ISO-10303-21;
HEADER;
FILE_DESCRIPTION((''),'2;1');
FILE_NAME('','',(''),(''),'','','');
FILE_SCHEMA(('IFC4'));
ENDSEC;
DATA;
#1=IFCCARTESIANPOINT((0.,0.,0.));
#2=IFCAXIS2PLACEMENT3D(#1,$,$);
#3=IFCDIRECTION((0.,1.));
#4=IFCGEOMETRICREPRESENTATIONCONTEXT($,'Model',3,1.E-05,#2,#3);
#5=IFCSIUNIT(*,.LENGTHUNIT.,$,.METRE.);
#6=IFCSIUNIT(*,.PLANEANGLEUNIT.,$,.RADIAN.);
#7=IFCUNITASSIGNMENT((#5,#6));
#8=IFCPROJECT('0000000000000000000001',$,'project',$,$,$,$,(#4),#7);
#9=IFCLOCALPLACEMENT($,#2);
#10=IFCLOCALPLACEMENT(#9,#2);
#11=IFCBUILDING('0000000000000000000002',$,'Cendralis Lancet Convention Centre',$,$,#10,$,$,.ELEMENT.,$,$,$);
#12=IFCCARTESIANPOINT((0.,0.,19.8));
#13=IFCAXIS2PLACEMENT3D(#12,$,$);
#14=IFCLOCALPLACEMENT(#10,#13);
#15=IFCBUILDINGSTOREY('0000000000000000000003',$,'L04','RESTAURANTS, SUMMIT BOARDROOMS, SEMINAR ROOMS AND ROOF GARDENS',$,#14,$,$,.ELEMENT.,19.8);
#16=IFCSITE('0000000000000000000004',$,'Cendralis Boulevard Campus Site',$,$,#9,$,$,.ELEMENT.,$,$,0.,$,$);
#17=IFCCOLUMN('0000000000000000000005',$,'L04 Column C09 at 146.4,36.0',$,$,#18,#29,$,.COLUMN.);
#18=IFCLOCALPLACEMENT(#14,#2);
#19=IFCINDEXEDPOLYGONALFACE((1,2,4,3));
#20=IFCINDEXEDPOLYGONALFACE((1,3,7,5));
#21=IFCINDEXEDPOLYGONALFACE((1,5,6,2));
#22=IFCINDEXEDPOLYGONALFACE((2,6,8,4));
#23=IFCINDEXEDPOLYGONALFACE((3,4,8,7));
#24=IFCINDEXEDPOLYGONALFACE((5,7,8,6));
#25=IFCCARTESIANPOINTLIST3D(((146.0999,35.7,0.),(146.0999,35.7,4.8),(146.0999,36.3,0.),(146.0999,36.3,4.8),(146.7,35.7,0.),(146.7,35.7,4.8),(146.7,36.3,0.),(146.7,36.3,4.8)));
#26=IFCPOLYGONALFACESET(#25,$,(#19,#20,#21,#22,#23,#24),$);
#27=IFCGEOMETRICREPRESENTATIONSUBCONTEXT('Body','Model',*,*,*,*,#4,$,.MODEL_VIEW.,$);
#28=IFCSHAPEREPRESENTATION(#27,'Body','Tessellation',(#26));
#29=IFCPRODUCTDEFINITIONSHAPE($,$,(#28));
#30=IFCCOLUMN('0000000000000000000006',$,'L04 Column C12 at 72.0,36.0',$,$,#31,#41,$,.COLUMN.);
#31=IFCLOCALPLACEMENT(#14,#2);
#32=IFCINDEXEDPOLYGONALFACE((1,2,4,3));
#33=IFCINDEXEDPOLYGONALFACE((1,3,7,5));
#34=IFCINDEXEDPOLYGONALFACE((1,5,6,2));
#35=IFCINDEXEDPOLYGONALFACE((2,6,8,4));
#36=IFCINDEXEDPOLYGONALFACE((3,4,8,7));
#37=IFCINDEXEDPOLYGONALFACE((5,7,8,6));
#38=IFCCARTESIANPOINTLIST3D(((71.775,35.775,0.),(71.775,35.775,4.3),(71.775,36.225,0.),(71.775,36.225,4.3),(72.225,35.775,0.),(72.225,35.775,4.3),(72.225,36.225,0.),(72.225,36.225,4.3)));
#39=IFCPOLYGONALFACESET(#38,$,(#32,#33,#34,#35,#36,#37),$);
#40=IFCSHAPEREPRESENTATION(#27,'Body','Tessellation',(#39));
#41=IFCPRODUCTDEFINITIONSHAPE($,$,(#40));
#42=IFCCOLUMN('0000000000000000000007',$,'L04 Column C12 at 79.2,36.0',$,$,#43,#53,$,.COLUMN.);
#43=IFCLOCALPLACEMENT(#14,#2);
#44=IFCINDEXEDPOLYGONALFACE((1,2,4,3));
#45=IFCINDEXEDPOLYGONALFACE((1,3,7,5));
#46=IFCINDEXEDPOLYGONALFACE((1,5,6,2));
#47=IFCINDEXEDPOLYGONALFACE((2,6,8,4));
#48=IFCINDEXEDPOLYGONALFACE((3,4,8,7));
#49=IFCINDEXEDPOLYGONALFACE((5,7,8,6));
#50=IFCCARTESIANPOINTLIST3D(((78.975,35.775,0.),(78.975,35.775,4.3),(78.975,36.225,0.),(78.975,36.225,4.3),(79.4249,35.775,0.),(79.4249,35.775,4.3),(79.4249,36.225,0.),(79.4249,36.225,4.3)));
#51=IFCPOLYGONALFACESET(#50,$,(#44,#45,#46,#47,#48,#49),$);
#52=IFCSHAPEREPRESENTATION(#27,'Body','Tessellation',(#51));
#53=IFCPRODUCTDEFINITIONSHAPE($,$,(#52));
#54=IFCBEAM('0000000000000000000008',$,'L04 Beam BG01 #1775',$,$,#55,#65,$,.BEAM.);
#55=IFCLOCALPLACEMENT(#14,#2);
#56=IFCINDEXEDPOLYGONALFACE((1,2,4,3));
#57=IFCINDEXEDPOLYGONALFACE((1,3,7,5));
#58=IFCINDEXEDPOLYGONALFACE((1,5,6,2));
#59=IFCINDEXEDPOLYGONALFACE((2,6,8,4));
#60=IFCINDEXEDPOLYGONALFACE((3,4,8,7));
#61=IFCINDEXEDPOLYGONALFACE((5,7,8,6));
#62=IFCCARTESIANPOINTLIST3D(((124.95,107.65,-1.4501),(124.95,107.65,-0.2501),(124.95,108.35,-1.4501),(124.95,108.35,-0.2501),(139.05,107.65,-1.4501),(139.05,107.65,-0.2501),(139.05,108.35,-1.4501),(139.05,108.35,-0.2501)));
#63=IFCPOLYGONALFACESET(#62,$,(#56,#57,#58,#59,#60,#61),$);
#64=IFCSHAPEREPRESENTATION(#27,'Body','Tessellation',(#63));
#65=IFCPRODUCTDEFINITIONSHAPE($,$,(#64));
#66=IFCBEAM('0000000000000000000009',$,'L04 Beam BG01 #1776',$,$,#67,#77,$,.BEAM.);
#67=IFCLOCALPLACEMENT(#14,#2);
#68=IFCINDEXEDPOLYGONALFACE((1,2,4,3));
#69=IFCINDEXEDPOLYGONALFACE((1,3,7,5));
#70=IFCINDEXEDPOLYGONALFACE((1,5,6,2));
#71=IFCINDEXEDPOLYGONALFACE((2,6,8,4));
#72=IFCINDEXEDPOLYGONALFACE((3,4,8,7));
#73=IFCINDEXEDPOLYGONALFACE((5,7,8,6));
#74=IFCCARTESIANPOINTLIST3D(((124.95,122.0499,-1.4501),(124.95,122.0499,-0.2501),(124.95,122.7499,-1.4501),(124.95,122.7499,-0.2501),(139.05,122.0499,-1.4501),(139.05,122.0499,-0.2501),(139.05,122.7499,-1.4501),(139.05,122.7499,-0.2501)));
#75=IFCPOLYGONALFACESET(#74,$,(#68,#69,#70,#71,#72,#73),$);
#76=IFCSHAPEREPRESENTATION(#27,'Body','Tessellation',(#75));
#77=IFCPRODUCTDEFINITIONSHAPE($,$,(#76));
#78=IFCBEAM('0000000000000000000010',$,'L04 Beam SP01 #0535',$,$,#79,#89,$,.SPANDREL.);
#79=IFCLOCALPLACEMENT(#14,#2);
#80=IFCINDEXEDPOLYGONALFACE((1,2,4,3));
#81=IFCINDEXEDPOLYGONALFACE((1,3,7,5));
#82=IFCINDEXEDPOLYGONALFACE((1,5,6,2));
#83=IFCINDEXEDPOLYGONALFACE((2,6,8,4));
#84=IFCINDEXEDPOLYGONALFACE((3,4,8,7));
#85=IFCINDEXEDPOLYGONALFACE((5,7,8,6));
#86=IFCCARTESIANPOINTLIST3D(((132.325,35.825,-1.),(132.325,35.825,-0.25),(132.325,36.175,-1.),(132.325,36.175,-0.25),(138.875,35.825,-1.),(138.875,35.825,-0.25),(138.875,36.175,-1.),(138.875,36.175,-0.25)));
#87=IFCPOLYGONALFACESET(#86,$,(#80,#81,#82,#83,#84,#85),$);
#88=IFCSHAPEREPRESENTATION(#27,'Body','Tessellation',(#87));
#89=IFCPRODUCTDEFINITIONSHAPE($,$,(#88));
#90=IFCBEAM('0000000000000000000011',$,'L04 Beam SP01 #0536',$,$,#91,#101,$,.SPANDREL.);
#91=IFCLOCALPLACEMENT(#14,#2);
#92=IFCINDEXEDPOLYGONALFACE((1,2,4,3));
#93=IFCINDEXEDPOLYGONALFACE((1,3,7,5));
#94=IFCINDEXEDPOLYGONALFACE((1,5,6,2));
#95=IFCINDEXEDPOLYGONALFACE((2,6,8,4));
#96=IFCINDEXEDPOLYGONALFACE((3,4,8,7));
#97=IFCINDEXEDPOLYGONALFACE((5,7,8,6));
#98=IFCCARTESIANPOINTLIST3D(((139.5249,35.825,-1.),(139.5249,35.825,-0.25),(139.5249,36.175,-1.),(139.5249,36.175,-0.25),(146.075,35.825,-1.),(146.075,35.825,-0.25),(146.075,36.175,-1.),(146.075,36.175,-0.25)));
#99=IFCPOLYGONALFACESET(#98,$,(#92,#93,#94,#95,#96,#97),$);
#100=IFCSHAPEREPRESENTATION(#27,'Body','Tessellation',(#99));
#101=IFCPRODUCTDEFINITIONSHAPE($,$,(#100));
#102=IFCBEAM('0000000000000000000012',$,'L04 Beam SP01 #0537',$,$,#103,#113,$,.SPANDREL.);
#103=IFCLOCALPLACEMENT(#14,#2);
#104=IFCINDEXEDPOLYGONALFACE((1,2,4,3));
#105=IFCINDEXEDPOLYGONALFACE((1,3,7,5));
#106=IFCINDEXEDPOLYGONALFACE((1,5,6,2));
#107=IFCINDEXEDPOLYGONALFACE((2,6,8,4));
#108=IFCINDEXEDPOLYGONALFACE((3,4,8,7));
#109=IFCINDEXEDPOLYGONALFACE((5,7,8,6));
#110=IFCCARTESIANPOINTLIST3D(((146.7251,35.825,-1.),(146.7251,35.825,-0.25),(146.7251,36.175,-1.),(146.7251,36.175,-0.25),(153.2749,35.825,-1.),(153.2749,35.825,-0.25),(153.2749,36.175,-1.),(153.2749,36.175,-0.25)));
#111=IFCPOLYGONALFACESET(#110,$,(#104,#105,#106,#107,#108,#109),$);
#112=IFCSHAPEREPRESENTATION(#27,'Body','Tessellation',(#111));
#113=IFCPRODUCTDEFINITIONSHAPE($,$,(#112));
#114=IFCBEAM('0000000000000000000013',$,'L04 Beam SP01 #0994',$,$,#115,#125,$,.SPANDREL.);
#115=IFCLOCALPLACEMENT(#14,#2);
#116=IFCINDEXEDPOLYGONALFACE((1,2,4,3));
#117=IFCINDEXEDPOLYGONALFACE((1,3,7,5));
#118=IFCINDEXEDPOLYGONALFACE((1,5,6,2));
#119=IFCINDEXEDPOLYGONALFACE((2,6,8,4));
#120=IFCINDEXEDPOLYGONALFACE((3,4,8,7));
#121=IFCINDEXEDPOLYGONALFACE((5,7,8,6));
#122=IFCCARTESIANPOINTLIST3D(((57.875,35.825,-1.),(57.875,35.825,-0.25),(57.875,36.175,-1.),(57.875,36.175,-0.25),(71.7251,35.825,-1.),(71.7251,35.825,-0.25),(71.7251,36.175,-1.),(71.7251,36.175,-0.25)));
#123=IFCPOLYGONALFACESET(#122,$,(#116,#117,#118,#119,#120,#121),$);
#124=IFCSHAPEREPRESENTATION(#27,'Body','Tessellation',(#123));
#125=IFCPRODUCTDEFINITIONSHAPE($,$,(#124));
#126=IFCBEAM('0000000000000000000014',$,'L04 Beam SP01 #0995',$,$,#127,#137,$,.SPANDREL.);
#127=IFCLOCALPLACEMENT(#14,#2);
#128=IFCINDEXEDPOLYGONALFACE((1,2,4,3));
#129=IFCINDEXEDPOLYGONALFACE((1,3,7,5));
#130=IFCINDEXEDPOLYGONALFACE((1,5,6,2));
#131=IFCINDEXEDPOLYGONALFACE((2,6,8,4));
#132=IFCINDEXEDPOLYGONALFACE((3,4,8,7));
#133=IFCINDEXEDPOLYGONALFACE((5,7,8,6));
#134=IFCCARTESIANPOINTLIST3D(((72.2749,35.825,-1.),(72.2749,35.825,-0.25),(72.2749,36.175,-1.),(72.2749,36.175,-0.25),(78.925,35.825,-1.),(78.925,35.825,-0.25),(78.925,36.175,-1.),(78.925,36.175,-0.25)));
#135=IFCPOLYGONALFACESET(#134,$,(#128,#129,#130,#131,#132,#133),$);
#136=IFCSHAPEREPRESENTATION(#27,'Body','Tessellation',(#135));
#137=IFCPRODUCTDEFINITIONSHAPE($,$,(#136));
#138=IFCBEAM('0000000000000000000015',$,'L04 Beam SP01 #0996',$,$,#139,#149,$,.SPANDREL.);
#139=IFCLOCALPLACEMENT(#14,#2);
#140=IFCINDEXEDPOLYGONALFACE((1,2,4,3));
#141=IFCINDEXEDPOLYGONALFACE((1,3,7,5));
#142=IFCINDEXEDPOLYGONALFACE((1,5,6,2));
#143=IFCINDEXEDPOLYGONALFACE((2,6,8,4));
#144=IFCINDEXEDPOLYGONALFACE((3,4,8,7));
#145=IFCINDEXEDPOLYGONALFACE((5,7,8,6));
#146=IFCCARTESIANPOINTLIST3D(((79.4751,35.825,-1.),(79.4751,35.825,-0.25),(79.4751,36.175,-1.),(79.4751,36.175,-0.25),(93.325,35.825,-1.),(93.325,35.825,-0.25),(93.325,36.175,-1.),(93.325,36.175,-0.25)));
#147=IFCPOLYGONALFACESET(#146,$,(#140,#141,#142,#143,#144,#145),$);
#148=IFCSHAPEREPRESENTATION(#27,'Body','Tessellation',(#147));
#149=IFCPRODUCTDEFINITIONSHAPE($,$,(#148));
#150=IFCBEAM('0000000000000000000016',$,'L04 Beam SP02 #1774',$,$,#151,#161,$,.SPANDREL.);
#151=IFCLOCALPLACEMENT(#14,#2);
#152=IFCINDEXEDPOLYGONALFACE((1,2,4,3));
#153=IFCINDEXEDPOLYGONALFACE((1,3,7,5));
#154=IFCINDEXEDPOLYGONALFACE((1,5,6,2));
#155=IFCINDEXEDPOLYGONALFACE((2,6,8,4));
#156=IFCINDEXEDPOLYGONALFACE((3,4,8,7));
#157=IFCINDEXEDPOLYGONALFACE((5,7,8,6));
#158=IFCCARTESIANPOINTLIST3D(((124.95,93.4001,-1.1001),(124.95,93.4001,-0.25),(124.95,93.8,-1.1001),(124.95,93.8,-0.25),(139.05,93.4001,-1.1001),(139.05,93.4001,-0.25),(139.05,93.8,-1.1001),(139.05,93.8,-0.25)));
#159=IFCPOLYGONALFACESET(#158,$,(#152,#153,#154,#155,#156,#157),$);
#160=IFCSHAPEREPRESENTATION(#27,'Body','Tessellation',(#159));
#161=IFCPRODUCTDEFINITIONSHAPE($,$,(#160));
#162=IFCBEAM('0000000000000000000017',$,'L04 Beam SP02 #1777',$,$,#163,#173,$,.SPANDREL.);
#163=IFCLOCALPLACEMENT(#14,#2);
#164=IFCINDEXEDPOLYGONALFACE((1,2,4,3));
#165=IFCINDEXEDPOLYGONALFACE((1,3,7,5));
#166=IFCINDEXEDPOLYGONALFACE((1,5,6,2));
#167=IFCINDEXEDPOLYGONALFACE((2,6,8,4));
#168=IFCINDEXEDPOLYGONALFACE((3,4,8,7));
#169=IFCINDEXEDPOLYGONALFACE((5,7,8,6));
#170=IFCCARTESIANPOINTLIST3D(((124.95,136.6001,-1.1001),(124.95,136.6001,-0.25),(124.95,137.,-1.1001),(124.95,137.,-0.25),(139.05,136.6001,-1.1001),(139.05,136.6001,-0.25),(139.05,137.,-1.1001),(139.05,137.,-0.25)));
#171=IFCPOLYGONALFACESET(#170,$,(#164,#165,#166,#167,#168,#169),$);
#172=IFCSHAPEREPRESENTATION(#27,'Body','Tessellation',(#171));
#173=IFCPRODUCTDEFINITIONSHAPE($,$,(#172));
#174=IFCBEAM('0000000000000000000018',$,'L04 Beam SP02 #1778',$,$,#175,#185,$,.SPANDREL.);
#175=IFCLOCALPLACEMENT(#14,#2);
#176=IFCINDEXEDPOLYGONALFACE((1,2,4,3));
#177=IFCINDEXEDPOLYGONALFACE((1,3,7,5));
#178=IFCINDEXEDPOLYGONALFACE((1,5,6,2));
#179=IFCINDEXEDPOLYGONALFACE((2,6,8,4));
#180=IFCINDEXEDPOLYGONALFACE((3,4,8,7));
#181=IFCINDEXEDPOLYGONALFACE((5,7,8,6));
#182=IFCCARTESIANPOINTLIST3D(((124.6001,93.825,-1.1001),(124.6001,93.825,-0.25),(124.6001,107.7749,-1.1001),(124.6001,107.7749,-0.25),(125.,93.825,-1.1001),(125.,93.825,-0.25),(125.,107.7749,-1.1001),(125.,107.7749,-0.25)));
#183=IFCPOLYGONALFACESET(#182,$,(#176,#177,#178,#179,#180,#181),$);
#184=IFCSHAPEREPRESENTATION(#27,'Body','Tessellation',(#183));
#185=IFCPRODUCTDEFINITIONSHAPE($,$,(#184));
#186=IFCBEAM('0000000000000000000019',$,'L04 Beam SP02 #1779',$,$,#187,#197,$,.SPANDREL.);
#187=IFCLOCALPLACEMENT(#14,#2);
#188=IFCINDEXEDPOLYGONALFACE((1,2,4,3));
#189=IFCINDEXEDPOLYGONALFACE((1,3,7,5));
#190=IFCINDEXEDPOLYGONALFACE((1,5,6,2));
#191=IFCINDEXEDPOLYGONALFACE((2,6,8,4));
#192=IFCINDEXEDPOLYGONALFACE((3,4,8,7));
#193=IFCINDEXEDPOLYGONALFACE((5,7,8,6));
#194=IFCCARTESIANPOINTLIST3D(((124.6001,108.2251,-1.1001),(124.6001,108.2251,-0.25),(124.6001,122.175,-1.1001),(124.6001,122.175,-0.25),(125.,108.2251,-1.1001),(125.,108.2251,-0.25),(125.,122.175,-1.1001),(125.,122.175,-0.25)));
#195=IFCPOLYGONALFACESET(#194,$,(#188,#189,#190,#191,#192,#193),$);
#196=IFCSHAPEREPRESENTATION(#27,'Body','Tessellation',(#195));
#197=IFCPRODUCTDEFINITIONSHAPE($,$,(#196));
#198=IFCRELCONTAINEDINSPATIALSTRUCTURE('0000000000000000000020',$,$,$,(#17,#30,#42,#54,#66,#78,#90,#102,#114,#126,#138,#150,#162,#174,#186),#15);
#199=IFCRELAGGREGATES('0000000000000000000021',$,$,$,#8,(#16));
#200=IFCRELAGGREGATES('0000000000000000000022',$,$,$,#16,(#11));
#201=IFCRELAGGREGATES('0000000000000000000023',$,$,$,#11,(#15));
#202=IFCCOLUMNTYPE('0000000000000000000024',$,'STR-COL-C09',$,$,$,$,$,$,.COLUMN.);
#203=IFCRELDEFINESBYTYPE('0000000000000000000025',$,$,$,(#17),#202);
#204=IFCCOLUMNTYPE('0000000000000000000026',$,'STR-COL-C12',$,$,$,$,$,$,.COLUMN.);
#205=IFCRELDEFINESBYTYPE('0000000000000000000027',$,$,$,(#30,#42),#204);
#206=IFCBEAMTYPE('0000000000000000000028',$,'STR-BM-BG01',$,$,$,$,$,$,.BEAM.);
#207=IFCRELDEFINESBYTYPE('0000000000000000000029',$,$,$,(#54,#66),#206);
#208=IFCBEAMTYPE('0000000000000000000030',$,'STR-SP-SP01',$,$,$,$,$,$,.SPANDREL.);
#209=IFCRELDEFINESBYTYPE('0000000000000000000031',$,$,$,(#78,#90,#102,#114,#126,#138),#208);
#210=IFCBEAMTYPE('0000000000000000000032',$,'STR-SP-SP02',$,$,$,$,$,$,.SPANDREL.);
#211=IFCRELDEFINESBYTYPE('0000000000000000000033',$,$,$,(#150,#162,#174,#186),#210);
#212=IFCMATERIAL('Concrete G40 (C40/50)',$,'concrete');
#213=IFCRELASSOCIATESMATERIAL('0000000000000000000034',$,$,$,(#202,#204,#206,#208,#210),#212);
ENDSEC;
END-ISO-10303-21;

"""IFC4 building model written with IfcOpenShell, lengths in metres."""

from ifc_helpers import new_model, si_unit, direction, frame, origin, origin_2d, place, context, subcontext, project, spatial, rectangle, extrude, material, material_profile, profile_set, type_object, element, save


model = new_model("IFC4")

# Units and contexts
model_context = context("Model", 3, precision=1e-05, world=origin(), true_north=direction((0.0, 1.0)))
body_context = subcontext(model_context, "Body", "Model", "MODEL_VIEW")
ifc_project = project(units=[si_unit("LENGTHUNIT", "METRE"), si_unit("PLANEANGLEUNIT", "RADIAN")], contexts=[model_context])

# Site, building, storey
site_placement = place(None, origin())
site = spatial("IfcSite", under=ifc_project, at=site_placement, Name="Cendralis Boulevard Campus Site", CompositionType="ELEMENT", RefElevation=0.0)
building_placement = place(site_placement, origin())
building = spatial("IfcBuilding", under=site, at=building_placement, Name="Cendralis Lancet Convention Centre", CompositionType="ELEMENT")
storey_placement = place(building_placement, frame((0.0, 0.0, 19.8)))
storey = spatial("IfcBuildingStorey", under=building, at=storey_placement, Name="L04", Description="RESTAURANTS, SUMMIT BOARDROOMS, SEMINAR ROOMS AND ROOF GARDENS", CompositionType="ELEMENT", Elevation=19.8)

# Columns
ifc_material_1 = material(Name="Concrete G40 (C40/50)", Category="concrete")
ifc_material_profile_1 = material_profile(ifc_material_1, rectangle(XDim=0.6001, YDim=0.6001, at=origin_2d()), Name="RC 600x600")
ifc_profile_set_1 = profile_set([ifc_material_profile_1], Name="Concrete G40 (C40/50)")
column_type_1 = type_object("IfcColumnType", Name="STR-COL-C09", PredefinedType="COLUMN", material=ifc_profile_set_1)
column_placement = place(storey_placement, frame((146.3999, 36.0, 0.0), z_axis=(0.0, 0.0, 1.0), x_axis=(1.0, 0.0, 0.0)))
element("IfcColumn", 1, at=column_placement, inside=storey, type_object=column_type_1, Name="L04 Column C09 at 146.4,36.0", PredefinedType="COLUMN", context=body_context, shape_type="SweptSolid", body=[
    extrude(rectangle(XDim=0.6001, YDim=0.6001, at=origin_2d()), origin(), (0.0, 0.0, 1.0), 4.8),
])
ifc_material_profile_2 = material_profile(ifc_material_1, rectangle(XDim=0.45, YDim=0.45, at=origin_2d()), Name="RC 450x450")
ifc_profile_set_2 = profile_set([ifc_material_profile_2], Name="Concrete G40 (C40/50)")
column_type_2 = type_object("IfcColumnType", Name="STR-COL-C12", PredefinedType="COLUMN", material=ifc_profile_set_2)
for number, where, z_axis, x_axis, name in (
    (2, (72.0, 36.0, 0.0), (0.0, 0.0, 1.0), (1.0, 0.0, 0.0), "L04 Column C12 at 72.0,36.0"),
    (3, (79.2, 36.0, 0.0), (0.0, 0.0, 1.0), (1.0, 0.0, 0.0), "L04 Column C12 at 79.2,36.0"),
):
    element("IfcColumn", number, at=place(storey_placement, frame(where, z_axis=z_axis, x_axis=x_axis)), inside=storey, type_object=column_type_2, Name=name, PredefinedType="COLUMN", context=body_context, shape_type="SweptSolid", body=[
        extrude(rectangle(XDim=0.45, YDim=0.45, at=origin_2d()), origin(), (0.0, 0.0, 1.0), 4.3),
    ])

# Beams
ifc_material_profile_3 = material_profile(ifc_material_1, rectangle(XDim=0.7, YDim=1.2, at=origin_2d()), Name="RCB 700x1200")
ifc_profile_set_3 = profile_set([ifc_material_profile_3], Name="Concrete G40 (C40/50)")
beam_type_1 = type_object("IfcBeamType", Name="STR-BM-BG01", PredefinedType="BEAM", material=ifc_profile_set_3)
for number, where, z_axis, x_axis, name in (
    (4, (124.95, 108.0, -0.8501), (1.0, 0.0, 0.0), (0.0, 1.0, 0.0), "L04 Beam BG01 #1775"),
    (5, (124.95, 122.3999, -0.8501), (1.0, 0.0, 0.0), (0.0, 1.0, 0.0), "L04 Beam BG01 #1776"),
):
    element("IfcBeam", number, at=place(storey_placement, frame(where, z_axis=z_axis, x_axis=x_axis)), inside=storey, type_object=beam_type_1, Name=name, PredefinedType="BEAM", context=body_context, shape_type="SweptSolid", body=[
        extrude(rectangle(XDim=0.7, YDim=1.2, at=origin_2d()), origin(), (0.0, 0.0, 1.0), 14.1001),
    ])
ifc_material_profile_4 = material_profile(ifc_material_1, rectangle(XDim=0.3501, YDim=0.75, at=origin_2d()), Name="RCB 350x750")
ifc_profile_set_4 = profile_set([ifc_material_profile_4], Name="Concrete G40 (C40/50)")
beam_type_2 = type_object("IfcBeamType", Name="STR-SP-SP01", PredefinedType="SPANDREL", material=ifc_profile_set_4)
for number, where, z_axis, x_axis, name in (
    (6, (132.325, 36.0, -0.625), (1.0, 0.0, 0.0), (0.0, 1.0, 0.0), "L04 Beam SP01 #0535"),
    (7, (139.5249, 36.0, -0.625), (1.0, 0.0, 0.0), (0.0, 1.0, 0.0), "L04 Beam SP01 #0536"),
):
    element("IfcBeam", number, at=place(storey_placement, frame(where, z_axis=z_axis, x_axis=x_axis)), inside=storey, type_object=beam_type_2, Name=name, PredefinedType="SPANDREL", context=body_context, shape_type="SweptSolid", body=[
        extrude(rectangle(XDim=0.3501, YDim=0.75, at=origin_2d()), origin(), (0.0, 0.0, 1.0), 6.55),
    ])
beam_1_placement = place(storey_placement, frame((146.7251, 36.0, -0.625), z_axis=(1.0, 0.0, 0.0), x_axis=(0.0, 1.0, 0.0)))
element("IfcBeam", 8, at=beam_1_placement, inside=storey, type_object=beam_type_2, Name="L04 Beam SP01 #0537", PredefinedType="SPANDREL", context=body_context, shape_type="SweptSolid", body=[
    extrude(rectangle(XDim=0.3501, YDim=0.75, at=origin_2d()), origin(), (0.0, 0.0, 1.0), 6.5498),
])
beam_2_placement = place(storey_placement, frame((57.875, 36.0, -0.625), z_axis=(1.0, 0.0, 0.0), x_axis=(0.0, 1.0, 0.0)))
element("IfcBeam", 9, at=beam_2_placement, inside=storey, type_object=beam_type_2, Name="L04 Beam SP01 #0994", PredefinedType="SPANDREL", context=body_context, shape_type="SweptSolid", body=[
    extrude(rectangle(XDim=0.3501, YDim=0.75, at=origin_2d()), origin(), (0.0, 0.0, 1.0), 13.8501),
])
beam_3_placement = place(storey_placement, frame((72.2749, 36.0, -0.625), z_axis=(1.0, 0.0, 0.0), x_axis=(0.0, 1.0, 0.0)))
element("IfcBeam", 10, at=beam_3_placement, inside=storey, type_object=beam_type_2, Name="L04 Beam SP01 #0995", PredefinedType="SPANDREL", context=body_context, shape_type="SweptSolid", body=[
    extrude(rectangle(XDim=0.3501, YDim=0.75, at=origin_2d()), origin(), (0.0, 0.0, 1.0), 6.6501),
])
beam_4_placement = place(storey_placement, frame((79.4751, 36.0, -0.625), z_axis=(1.0, 0.0, 0.0), x_axis=(0.0, 1.0, 0.0)))
element("IfcBeam", 11, at=beam_4_placement, inside=storey, type_object=beam_type_2, Name="L04 Beam SP01 #0996", PredefinedType="SPANDREL", context=body_context, shape_type="SweptSolid", body=[
    extrude(rectangle(XDim=0.3501, YDim=0.75, at=origin_2d()), origin(), (0.0, 0.0, 1.0), 13.8499),
])
ifc_material_profile_5 = material_profile(ifc_material_1, rectangle(XDim=0.3999, YDim=0.8501, at=origin_2d()), Name="RCB 400x850")
ifc_profile_set_5 = profile_set([ifc_material_profile_5], Name="Concrete G40 (C40/50)")
beam_type_3 = type_object("IfcBeamType", Name="STR-SP-SP02", PredefinedType="SPANDREL", material=ifc_profile_set_5)
for number, where, z_axis, x_axis, name in (
    (12, (124.95, 93.6001, -0.675), (1.0, 0.0, 0.0), (0.0, 1.0, 0.0), "L04 Beam SP02 #1774"),
    (13, (124.95, 136.8, -0.675), (1.0, 0.0, 0.0), (0.0, 1.0, 0.0), "L04 Beam SP02 #1777"),
):
    element("IfcBeam", number, at=place(storey_placement, frame(where, z_axis=z_axis, x_axis=x_axis)), inside=storey, type_object=beam_type_3, Name=name, PredefinedType="SPANDREL", context=body_context, shape_type="SweptSolid", body=[
        extrude(rectangle(XDim=0.3999, YDim=0.8501, at=origin_2d()), origin(), (0.0, 0.0, 1.0), 14.1001),
    ])
for number, where, z_axis, x_axis, name in (
    (14, (124.8, 93.825, -0.675), (0.0, 1.0, 0.0), (-1.0, 0.0, 0.0), "L04 Beam SP02 #1778"),
    (15, (124.8, 108.2251, -0.675), (0.0, 1.0, 0.0), (-1.0, 0.0, 0.0), "L04 Beam SP02 #1779"),
):
    element("IfcBeam", number, at=place(storey_placement, frame(where, z_axis=z_axis, x_axis=x_axis)), inside=storey, type_object=beam_type_3, Name=name, PredefinedType="SPANDREL", context=body_context, shape_type="SweptSolid", body=[
        extrude(rectangle(XDim=0.3999, YDim=0.8501, at=origin_2d()), origin(), (0.0, 0.0, 1.0), 13.95),
    ])

save(model, "model.ifc")
